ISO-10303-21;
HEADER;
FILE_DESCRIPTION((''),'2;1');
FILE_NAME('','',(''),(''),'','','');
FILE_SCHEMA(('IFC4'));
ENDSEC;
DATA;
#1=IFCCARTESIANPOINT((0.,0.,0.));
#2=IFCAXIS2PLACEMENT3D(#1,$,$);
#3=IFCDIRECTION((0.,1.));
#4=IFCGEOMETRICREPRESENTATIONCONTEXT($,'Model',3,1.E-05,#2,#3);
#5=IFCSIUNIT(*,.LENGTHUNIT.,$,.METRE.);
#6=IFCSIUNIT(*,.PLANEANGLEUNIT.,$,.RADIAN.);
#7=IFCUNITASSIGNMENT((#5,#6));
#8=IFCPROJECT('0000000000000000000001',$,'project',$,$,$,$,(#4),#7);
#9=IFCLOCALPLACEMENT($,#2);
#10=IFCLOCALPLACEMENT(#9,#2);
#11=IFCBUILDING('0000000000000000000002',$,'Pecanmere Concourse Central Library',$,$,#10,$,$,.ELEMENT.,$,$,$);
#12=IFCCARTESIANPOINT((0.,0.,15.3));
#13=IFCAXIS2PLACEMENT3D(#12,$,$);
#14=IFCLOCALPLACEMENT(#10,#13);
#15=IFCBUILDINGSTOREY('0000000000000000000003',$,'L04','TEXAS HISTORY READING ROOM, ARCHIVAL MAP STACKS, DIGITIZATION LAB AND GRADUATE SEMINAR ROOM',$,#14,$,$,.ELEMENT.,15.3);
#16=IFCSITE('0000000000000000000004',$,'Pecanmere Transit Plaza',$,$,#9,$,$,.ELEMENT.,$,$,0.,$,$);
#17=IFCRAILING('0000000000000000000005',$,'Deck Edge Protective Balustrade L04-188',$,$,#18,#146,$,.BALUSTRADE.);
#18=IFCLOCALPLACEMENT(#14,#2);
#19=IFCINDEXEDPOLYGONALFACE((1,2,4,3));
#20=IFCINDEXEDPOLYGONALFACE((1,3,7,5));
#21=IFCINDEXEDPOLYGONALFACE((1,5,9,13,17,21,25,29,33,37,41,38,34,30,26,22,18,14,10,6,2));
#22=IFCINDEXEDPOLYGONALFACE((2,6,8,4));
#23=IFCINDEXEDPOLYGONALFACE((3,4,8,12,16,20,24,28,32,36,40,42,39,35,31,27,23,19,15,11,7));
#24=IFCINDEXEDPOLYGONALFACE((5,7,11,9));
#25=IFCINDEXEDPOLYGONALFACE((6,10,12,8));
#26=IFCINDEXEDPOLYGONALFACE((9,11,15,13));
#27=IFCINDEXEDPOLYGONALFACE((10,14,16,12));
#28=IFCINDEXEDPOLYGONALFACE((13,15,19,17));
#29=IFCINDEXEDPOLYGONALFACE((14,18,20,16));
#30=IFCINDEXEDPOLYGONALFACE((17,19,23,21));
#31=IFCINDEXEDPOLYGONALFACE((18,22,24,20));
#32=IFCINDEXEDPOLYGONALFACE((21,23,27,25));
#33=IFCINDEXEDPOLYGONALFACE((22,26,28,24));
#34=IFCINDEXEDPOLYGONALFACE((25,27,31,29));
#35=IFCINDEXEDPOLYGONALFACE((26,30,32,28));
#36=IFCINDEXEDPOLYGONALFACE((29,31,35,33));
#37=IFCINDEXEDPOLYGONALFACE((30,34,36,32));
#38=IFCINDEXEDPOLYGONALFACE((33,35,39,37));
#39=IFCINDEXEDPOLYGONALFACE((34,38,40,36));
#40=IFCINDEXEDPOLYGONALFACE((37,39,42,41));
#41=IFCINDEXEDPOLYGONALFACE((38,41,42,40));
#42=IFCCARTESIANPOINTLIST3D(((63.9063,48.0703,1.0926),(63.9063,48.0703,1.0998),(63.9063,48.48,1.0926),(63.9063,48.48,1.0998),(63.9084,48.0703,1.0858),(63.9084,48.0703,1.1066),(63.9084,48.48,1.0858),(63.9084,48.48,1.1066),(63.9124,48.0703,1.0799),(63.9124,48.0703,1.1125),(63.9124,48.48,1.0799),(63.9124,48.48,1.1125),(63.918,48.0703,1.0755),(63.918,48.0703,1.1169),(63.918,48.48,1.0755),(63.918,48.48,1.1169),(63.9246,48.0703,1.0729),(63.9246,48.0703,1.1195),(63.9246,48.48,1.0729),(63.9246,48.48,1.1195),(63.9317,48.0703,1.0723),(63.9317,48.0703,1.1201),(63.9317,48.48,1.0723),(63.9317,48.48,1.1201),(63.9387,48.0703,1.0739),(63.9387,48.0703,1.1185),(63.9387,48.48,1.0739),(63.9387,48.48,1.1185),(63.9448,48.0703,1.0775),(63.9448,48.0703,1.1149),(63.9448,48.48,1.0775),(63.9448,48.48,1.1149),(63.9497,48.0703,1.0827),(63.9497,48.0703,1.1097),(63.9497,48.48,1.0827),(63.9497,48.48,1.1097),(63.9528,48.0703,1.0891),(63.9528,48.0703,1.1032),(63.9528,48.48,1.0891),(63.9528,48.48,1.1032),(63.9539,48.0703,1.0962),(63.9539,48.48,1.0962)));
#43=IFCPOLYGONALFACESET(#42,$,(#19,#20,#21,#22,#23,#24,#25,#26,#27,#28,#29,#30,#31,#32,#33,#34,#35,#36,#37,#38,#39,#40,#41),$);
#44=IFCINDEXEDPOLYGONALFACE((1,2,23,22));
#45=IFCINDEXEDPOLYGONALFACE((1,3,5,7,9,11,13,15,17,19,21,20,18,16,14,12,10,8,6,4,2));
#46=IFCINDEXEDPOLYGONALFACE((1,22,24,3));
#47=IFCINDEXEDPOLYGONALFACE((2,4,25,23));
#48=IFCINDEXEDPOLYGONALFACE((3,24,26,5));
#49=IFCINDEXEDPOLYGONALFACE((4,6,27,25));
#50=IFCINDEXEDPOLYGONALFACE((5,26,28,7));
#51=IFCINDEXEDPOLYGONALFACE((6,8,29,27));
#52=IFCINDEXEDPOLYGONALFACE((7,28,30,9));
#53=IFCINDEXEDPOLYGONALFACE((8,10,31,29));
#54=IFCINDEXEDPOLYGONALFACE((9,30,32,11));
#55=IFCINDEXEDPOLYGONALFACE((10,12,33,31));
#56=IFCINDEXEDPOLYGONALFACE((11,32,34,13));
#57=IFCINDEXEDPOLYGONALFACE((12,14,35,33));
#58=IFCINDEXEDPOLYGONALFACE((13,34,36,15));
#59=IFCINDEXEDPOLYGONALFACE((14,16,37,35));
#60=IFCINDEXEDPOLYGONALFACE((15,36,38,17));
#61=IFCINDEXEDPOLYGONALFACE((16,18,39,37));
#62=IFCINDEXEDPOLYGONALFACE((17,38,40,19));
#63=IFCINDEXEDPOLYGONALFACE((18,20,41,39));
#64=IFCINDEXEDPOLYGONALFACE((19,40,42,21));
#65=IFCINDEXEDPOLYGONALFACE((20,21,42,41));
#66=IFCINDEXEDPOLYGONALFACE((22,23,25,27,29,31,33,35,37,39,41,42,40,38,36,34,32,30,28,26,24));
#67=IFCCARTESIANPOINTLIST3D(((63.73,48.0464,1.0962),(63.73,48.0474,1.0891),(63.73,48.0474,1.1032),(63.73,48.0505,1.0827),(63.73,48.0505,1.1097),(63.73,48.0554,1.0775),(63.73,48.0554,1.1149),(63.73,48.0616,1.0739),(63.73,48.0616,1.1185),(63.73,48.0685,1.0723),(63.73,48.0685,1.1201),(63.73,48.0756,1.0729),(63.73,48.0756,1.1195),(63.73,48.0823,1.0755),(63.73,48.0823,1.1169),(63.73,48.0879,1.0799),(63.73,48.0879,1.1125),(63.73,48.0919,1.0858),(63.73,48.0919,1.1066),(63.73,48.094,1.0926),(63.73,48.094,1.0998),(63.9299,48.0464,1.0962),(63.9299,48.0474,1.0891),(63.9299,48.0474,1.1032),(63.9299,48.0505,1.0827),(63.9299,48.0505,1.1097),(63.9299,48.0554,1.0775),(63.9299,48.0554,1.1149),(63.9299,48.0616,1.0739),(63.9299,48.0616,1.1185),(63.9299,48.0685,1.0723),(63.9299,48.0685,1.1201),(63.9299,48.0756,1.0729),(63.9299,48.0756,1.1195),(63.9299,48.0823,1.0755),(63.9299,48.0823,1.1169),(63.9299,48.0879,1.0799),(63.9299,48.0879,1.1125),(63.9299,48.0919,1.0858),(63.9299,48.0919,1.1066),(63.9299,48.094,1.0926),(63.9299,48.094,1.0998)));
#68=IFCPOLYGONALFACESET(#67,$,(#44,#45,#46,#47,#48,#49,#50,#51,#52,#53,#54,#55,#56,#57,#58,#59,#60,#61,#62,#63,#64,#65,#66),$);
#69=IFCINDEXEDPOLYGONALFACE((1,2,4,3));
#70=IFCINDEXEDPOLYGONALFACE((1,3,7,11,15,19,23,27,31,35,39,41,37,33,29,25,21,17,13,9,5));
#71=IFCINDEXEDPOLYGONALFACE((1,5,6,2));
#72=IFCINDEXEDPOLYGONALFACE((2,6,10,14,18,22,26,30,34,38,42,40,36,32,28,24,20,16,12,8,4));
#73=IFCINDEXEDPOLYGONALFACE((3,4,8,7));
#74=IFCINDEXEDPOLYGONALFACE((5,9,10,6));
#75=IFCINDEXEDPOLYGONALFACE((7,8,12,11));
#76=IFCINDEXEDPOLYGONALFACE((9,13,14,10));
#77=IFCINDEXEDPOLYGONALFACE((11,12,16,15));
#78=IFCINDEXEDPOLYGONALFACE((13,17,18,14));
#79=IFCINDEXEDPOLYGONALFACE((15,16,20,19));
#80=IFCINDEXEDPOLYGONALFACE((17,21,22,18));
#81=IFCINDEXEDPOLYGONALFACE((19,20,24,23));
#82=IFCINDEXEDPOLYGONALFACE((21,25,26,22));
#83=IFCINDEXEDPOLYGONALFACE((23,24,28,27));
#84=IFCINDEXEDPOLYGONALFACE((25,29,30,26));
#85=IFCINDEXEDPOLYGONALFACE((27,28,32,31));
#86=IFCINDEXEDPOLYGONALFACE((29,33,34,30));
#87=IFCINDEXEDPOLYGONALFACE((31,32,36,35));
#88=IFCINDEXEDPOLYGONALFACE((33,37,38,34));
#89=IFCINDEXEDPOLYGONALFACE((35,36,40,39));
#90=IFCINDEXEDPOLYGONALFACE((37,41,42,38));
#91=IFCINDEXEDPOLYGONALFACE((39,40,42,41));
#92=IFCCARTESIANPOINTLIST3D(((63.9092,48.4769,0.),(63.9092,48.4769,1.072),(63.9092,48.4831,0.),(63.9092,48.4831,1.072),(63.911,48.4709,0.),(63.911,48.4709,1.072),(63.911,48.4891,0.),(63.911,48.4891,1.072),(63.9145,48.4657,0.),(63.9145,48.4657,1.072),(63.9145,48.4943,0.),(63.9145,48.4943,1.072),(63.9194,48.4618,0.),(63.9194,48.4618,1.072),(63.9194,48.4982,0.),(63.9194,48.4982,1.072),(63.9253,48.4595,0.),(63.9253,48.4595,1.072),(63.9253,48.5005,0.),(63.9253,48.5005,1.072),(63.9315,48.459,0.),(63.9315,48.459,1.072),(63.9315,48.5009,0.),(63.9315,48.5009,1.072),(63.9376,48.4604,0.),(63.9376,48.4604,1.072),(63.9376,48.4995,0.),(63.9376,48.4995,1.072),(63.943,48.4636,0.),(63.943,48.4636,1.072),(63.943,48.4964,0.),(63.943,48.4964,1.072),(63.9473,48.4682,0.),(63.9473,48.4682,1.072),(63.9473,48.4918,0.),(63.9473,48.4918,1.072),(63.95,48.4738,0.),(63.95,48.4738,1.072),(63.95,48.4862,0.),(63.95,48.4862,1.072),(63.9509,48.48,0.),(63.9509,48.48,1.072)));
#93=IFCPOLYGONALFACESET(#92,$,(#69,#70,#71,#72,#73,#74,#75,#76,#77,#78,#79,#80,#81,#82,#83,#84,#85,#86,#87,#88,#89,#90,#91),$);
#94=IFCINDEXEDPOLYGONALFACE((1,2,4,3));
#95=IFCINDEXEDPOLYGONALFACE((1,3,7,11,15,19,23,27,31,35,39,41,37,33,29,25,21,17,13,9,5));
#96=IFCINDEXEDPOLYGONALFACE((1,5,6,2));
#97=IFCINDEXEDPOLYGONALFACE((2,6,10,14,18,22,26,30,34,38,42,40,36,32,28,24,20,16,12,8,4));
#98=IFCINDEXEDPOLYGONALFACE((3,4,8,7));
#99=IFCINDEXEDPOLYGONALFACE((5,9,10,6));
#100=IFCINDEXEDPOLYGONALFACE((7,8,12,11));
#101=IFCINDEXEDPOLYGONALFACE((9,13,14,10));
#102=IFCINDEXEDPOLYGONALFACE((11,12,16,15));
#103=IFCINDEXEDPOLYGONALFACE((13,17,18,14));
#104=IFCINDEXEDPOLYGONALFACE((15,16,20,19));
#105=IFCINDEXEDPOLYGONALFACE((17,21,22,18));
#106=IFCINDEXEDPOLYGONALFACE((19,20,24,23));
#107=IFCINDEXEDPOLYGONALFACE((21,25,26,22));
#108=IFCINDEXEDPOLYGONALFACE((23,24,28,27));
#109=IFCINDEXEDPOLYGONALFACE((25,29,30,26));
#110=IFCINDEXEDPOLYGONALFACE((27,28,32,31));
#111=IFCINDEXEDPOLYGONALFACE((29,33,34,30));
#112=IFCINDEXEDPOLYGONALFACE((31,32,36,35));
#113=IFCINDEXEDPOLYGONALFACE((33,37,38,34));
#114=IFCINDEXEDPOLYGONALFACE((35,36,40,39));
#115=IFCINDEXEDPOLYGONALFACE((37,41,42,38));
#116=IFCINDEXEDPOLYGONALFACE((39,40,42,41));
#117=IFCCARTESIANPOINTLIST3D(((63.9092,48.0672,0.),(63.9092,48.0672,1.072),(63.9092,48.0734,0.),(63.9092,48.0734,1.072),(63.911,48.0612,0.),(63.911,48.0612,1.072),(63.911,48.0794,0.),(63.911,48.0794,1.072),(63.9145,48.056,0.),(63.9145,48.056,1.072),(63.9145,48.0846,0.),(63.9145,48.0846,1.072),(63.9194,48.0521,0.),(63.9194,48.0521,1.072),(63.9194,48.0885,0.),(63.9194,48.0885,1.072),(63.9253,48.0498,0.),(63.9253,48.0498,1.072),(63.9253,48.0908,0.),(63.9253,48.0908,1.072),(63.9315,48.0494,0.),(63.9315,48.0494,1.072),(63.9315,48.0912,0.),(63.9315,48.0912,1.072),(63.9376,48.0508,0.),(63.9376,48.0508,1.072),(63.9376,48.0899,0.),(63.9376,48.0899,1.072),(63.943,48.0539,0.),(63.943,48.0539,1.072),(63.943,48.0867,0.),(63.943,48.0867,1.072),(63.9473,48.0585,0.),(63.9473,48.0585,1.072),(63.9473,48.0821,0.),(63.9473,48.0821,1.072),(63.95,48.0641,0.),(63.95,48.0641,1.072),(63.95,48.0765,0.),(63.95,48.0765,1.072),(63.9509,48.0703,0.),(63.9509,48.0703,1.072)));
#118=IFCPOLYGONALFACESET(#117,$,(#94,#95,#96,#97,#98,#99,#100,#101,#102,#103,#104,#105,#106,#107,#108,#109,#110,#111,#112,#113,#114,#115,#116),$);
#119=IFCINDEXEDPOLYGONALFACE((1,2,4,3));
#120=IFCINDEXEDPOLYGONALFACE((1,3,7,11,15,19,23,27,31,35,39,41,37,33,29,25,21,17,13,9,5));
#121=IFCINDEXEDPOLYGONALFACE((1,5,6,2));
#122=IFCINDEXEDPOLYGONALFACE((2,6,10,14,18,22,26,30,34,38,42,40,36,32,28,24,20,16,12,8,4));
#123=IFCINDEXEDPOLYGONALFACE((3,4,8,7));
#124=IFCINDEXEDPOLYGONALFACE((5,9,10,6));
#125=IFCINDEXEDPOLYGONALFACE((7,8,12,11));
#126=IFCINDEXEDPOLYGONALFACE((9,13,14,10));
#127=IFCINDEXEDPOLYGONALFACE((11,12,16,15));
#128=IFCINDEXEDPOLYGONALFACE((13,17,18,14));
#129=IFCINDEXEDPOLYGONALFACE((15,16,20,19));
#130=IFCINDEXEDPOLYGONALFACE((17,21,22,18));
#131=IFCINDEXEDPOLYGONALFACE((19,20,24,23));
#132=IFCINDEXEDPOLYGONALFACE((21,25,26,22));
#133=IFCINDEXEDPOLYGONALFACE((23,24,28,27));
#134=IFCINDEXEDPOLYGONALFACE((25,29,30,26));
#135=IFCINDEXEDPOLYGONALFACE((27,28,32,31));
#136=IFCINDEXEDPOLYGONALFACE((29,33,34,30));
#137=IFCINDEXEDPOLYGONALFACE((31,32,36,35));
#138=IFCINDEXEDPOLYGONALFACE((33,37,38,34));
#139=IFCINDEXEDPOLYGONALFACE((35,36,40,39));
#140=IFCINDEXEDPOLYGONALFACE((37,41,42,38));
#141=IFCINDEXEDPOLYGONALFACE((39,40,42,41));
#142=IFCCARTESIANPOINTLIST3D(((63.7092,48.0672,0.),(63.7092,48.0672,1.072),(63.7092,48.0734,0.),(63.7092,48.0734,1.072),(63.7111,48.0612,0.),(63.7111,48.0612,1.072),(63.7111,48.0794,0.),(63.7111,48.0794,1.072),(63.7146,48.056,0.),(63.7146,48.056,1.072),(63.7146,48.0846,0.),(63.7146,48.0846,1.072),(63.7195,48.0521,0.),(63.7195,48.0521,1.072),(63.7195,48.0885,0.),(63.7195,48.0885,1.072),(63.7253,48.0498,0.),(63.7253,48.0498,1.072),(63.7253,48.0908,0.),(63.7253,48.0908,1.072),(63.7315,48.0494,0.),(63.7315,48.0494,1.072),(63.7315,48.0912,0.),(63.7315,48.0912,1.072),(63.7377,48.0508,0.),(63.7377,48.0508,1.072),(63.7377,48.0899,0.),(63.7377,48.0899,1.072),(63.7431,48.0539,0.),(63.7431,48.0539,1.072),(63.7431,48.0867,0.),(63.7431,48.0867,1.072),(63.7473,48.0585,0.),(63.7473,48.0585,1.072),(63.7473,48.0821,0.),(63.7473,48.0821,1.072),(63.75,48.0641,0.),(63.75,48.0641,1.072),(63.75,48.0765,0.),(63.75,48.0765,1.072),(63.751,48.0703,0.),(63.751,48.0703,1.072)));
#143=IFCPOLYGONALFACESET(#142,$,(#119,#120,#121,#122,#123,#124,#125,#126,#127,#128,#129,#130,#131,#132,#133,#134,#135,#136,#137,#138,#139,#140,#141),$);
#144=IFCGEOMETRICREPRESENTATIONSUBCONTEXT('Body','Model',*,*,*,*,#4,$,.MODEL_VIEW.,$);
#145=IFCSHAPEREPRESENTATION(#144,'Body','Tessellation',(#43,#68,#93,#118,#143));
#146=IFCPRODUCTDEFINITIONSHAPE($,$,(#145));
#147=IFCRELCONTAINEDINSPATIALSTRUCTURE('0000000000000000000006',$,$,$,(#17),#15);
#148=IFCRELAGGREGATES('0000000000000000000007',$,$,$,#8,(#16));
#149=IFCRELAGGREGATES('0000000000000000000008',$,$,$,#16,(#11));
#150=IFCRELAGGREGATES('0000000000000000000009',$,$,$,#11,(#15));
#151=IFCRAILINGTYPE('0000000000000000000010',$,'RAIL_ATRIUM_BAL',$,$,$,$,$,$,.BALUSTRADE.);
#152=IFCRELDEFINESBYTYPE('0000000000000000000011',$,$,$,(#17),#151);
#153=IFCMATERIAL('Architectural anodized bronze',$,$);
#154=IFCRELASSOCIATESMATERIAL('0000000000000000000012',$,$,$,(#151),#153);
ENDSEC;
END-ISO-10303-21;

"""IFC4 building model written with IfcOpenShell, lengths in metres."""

from ifc_helpers import new_model, si_unit, direction, frame, origin, origin_2d, place, context, subcontext, project, spatial, circle, extrude, material, type_object, element, save


model = new_model("IFC4")

# Units and contexts
model_context = context("Model", 3, precision=1e-05, world=origin(), true_north=direction((0.0, 1.0)))
body_context = subcontext(model_context, "Body", "Model", "MODEL_VIEW")
ifc_project = project(units=[si_unit("LENGTHUNIT", "METRE"), si_unit("PLANEANGLEUNIT", "RADIAN")], contexts=[model_context])

# Site, building, storey
site_placement = place(None, origin())
site = spatial("IfcSite", under=ifc_project, at=site_placement, Name="Pecanmere Transit Plaza", CompositionType="ELEMENT", RefElevation=0.0)
building_placement = place(site_placement, origin())
building = spatial("IfcBuilding", under=site, at=building_placement, Name="Pecanmere Concourse Central Library", CompositionType="ELEMENT")
storey_placement = place(building_placement, frame((0.0, 0.0, 15.3)))
storey = spatial("IfcBuildingStorey", under=building, at=storey_placement, Name="L04", Description="TEXAS HISTORY READING ROOM, ARCHIVAL MAP STACKS, DIGITIZATION LAB AND GRADUATE SEMINAR ROOM", CompositionType="ELEMENT", Elevation=15.3)

# Railing
ifc_material_1 = material(Name="Architectural anodized bronze")
railing_type = type_object("IfcRailingType", Name="RAIL_ATRIUM_BAL", PredefinedType="BALUSTRADE", material=ifc_material_1)
railing_placement = place(storey_placement, frame((63.9299, 48.48, 0.0)))
element("IfcRailing", 1, at=railing_placement, inside=storey, type_object=railing_type, Name="Deck Edge Protective Balustrade L04-188", PredefinedType="BALUSTRADE", context=body_context, shape_type="SweptSolid", body=[
    extrude(circle(Radius=0.0239, at=origin_2d()), frame((0.0, 0.0, 1.0962), z_axis=(0.0, -1.0, 0.0), x_axis=(1.0, 0.0, 0.0)), (0.0, 0.0, 1.0), 0.4097),
    extrude(circle(Radius=0.0239, at=origin_2d()), frame((0.0, -0.4097, 1.0962), z_axis=(-1.0, 0.0, 0.0), x_axis=(0.0, -1.0, 0.0)), (0.0, 0.0, 1.0), 0.2),
    extrude(circle(Radius=0.021, at=origin_2d()), origin(), (0.0, 0.0, 1.0), 1.072),
    extrude(circle(Radius=0.021, at=origin_2d()), frame((0.0, -0.4097, 0.0)), (0.0, 0.0, 1.0), 1.072),
    extrude(circle(Radius=0.021, at=origin_2d()), frame((-0.2, -0.4097, 0.0)), (0.0, 0.0, 1.0), 1.072),
])

save(model, "model.ifc")
